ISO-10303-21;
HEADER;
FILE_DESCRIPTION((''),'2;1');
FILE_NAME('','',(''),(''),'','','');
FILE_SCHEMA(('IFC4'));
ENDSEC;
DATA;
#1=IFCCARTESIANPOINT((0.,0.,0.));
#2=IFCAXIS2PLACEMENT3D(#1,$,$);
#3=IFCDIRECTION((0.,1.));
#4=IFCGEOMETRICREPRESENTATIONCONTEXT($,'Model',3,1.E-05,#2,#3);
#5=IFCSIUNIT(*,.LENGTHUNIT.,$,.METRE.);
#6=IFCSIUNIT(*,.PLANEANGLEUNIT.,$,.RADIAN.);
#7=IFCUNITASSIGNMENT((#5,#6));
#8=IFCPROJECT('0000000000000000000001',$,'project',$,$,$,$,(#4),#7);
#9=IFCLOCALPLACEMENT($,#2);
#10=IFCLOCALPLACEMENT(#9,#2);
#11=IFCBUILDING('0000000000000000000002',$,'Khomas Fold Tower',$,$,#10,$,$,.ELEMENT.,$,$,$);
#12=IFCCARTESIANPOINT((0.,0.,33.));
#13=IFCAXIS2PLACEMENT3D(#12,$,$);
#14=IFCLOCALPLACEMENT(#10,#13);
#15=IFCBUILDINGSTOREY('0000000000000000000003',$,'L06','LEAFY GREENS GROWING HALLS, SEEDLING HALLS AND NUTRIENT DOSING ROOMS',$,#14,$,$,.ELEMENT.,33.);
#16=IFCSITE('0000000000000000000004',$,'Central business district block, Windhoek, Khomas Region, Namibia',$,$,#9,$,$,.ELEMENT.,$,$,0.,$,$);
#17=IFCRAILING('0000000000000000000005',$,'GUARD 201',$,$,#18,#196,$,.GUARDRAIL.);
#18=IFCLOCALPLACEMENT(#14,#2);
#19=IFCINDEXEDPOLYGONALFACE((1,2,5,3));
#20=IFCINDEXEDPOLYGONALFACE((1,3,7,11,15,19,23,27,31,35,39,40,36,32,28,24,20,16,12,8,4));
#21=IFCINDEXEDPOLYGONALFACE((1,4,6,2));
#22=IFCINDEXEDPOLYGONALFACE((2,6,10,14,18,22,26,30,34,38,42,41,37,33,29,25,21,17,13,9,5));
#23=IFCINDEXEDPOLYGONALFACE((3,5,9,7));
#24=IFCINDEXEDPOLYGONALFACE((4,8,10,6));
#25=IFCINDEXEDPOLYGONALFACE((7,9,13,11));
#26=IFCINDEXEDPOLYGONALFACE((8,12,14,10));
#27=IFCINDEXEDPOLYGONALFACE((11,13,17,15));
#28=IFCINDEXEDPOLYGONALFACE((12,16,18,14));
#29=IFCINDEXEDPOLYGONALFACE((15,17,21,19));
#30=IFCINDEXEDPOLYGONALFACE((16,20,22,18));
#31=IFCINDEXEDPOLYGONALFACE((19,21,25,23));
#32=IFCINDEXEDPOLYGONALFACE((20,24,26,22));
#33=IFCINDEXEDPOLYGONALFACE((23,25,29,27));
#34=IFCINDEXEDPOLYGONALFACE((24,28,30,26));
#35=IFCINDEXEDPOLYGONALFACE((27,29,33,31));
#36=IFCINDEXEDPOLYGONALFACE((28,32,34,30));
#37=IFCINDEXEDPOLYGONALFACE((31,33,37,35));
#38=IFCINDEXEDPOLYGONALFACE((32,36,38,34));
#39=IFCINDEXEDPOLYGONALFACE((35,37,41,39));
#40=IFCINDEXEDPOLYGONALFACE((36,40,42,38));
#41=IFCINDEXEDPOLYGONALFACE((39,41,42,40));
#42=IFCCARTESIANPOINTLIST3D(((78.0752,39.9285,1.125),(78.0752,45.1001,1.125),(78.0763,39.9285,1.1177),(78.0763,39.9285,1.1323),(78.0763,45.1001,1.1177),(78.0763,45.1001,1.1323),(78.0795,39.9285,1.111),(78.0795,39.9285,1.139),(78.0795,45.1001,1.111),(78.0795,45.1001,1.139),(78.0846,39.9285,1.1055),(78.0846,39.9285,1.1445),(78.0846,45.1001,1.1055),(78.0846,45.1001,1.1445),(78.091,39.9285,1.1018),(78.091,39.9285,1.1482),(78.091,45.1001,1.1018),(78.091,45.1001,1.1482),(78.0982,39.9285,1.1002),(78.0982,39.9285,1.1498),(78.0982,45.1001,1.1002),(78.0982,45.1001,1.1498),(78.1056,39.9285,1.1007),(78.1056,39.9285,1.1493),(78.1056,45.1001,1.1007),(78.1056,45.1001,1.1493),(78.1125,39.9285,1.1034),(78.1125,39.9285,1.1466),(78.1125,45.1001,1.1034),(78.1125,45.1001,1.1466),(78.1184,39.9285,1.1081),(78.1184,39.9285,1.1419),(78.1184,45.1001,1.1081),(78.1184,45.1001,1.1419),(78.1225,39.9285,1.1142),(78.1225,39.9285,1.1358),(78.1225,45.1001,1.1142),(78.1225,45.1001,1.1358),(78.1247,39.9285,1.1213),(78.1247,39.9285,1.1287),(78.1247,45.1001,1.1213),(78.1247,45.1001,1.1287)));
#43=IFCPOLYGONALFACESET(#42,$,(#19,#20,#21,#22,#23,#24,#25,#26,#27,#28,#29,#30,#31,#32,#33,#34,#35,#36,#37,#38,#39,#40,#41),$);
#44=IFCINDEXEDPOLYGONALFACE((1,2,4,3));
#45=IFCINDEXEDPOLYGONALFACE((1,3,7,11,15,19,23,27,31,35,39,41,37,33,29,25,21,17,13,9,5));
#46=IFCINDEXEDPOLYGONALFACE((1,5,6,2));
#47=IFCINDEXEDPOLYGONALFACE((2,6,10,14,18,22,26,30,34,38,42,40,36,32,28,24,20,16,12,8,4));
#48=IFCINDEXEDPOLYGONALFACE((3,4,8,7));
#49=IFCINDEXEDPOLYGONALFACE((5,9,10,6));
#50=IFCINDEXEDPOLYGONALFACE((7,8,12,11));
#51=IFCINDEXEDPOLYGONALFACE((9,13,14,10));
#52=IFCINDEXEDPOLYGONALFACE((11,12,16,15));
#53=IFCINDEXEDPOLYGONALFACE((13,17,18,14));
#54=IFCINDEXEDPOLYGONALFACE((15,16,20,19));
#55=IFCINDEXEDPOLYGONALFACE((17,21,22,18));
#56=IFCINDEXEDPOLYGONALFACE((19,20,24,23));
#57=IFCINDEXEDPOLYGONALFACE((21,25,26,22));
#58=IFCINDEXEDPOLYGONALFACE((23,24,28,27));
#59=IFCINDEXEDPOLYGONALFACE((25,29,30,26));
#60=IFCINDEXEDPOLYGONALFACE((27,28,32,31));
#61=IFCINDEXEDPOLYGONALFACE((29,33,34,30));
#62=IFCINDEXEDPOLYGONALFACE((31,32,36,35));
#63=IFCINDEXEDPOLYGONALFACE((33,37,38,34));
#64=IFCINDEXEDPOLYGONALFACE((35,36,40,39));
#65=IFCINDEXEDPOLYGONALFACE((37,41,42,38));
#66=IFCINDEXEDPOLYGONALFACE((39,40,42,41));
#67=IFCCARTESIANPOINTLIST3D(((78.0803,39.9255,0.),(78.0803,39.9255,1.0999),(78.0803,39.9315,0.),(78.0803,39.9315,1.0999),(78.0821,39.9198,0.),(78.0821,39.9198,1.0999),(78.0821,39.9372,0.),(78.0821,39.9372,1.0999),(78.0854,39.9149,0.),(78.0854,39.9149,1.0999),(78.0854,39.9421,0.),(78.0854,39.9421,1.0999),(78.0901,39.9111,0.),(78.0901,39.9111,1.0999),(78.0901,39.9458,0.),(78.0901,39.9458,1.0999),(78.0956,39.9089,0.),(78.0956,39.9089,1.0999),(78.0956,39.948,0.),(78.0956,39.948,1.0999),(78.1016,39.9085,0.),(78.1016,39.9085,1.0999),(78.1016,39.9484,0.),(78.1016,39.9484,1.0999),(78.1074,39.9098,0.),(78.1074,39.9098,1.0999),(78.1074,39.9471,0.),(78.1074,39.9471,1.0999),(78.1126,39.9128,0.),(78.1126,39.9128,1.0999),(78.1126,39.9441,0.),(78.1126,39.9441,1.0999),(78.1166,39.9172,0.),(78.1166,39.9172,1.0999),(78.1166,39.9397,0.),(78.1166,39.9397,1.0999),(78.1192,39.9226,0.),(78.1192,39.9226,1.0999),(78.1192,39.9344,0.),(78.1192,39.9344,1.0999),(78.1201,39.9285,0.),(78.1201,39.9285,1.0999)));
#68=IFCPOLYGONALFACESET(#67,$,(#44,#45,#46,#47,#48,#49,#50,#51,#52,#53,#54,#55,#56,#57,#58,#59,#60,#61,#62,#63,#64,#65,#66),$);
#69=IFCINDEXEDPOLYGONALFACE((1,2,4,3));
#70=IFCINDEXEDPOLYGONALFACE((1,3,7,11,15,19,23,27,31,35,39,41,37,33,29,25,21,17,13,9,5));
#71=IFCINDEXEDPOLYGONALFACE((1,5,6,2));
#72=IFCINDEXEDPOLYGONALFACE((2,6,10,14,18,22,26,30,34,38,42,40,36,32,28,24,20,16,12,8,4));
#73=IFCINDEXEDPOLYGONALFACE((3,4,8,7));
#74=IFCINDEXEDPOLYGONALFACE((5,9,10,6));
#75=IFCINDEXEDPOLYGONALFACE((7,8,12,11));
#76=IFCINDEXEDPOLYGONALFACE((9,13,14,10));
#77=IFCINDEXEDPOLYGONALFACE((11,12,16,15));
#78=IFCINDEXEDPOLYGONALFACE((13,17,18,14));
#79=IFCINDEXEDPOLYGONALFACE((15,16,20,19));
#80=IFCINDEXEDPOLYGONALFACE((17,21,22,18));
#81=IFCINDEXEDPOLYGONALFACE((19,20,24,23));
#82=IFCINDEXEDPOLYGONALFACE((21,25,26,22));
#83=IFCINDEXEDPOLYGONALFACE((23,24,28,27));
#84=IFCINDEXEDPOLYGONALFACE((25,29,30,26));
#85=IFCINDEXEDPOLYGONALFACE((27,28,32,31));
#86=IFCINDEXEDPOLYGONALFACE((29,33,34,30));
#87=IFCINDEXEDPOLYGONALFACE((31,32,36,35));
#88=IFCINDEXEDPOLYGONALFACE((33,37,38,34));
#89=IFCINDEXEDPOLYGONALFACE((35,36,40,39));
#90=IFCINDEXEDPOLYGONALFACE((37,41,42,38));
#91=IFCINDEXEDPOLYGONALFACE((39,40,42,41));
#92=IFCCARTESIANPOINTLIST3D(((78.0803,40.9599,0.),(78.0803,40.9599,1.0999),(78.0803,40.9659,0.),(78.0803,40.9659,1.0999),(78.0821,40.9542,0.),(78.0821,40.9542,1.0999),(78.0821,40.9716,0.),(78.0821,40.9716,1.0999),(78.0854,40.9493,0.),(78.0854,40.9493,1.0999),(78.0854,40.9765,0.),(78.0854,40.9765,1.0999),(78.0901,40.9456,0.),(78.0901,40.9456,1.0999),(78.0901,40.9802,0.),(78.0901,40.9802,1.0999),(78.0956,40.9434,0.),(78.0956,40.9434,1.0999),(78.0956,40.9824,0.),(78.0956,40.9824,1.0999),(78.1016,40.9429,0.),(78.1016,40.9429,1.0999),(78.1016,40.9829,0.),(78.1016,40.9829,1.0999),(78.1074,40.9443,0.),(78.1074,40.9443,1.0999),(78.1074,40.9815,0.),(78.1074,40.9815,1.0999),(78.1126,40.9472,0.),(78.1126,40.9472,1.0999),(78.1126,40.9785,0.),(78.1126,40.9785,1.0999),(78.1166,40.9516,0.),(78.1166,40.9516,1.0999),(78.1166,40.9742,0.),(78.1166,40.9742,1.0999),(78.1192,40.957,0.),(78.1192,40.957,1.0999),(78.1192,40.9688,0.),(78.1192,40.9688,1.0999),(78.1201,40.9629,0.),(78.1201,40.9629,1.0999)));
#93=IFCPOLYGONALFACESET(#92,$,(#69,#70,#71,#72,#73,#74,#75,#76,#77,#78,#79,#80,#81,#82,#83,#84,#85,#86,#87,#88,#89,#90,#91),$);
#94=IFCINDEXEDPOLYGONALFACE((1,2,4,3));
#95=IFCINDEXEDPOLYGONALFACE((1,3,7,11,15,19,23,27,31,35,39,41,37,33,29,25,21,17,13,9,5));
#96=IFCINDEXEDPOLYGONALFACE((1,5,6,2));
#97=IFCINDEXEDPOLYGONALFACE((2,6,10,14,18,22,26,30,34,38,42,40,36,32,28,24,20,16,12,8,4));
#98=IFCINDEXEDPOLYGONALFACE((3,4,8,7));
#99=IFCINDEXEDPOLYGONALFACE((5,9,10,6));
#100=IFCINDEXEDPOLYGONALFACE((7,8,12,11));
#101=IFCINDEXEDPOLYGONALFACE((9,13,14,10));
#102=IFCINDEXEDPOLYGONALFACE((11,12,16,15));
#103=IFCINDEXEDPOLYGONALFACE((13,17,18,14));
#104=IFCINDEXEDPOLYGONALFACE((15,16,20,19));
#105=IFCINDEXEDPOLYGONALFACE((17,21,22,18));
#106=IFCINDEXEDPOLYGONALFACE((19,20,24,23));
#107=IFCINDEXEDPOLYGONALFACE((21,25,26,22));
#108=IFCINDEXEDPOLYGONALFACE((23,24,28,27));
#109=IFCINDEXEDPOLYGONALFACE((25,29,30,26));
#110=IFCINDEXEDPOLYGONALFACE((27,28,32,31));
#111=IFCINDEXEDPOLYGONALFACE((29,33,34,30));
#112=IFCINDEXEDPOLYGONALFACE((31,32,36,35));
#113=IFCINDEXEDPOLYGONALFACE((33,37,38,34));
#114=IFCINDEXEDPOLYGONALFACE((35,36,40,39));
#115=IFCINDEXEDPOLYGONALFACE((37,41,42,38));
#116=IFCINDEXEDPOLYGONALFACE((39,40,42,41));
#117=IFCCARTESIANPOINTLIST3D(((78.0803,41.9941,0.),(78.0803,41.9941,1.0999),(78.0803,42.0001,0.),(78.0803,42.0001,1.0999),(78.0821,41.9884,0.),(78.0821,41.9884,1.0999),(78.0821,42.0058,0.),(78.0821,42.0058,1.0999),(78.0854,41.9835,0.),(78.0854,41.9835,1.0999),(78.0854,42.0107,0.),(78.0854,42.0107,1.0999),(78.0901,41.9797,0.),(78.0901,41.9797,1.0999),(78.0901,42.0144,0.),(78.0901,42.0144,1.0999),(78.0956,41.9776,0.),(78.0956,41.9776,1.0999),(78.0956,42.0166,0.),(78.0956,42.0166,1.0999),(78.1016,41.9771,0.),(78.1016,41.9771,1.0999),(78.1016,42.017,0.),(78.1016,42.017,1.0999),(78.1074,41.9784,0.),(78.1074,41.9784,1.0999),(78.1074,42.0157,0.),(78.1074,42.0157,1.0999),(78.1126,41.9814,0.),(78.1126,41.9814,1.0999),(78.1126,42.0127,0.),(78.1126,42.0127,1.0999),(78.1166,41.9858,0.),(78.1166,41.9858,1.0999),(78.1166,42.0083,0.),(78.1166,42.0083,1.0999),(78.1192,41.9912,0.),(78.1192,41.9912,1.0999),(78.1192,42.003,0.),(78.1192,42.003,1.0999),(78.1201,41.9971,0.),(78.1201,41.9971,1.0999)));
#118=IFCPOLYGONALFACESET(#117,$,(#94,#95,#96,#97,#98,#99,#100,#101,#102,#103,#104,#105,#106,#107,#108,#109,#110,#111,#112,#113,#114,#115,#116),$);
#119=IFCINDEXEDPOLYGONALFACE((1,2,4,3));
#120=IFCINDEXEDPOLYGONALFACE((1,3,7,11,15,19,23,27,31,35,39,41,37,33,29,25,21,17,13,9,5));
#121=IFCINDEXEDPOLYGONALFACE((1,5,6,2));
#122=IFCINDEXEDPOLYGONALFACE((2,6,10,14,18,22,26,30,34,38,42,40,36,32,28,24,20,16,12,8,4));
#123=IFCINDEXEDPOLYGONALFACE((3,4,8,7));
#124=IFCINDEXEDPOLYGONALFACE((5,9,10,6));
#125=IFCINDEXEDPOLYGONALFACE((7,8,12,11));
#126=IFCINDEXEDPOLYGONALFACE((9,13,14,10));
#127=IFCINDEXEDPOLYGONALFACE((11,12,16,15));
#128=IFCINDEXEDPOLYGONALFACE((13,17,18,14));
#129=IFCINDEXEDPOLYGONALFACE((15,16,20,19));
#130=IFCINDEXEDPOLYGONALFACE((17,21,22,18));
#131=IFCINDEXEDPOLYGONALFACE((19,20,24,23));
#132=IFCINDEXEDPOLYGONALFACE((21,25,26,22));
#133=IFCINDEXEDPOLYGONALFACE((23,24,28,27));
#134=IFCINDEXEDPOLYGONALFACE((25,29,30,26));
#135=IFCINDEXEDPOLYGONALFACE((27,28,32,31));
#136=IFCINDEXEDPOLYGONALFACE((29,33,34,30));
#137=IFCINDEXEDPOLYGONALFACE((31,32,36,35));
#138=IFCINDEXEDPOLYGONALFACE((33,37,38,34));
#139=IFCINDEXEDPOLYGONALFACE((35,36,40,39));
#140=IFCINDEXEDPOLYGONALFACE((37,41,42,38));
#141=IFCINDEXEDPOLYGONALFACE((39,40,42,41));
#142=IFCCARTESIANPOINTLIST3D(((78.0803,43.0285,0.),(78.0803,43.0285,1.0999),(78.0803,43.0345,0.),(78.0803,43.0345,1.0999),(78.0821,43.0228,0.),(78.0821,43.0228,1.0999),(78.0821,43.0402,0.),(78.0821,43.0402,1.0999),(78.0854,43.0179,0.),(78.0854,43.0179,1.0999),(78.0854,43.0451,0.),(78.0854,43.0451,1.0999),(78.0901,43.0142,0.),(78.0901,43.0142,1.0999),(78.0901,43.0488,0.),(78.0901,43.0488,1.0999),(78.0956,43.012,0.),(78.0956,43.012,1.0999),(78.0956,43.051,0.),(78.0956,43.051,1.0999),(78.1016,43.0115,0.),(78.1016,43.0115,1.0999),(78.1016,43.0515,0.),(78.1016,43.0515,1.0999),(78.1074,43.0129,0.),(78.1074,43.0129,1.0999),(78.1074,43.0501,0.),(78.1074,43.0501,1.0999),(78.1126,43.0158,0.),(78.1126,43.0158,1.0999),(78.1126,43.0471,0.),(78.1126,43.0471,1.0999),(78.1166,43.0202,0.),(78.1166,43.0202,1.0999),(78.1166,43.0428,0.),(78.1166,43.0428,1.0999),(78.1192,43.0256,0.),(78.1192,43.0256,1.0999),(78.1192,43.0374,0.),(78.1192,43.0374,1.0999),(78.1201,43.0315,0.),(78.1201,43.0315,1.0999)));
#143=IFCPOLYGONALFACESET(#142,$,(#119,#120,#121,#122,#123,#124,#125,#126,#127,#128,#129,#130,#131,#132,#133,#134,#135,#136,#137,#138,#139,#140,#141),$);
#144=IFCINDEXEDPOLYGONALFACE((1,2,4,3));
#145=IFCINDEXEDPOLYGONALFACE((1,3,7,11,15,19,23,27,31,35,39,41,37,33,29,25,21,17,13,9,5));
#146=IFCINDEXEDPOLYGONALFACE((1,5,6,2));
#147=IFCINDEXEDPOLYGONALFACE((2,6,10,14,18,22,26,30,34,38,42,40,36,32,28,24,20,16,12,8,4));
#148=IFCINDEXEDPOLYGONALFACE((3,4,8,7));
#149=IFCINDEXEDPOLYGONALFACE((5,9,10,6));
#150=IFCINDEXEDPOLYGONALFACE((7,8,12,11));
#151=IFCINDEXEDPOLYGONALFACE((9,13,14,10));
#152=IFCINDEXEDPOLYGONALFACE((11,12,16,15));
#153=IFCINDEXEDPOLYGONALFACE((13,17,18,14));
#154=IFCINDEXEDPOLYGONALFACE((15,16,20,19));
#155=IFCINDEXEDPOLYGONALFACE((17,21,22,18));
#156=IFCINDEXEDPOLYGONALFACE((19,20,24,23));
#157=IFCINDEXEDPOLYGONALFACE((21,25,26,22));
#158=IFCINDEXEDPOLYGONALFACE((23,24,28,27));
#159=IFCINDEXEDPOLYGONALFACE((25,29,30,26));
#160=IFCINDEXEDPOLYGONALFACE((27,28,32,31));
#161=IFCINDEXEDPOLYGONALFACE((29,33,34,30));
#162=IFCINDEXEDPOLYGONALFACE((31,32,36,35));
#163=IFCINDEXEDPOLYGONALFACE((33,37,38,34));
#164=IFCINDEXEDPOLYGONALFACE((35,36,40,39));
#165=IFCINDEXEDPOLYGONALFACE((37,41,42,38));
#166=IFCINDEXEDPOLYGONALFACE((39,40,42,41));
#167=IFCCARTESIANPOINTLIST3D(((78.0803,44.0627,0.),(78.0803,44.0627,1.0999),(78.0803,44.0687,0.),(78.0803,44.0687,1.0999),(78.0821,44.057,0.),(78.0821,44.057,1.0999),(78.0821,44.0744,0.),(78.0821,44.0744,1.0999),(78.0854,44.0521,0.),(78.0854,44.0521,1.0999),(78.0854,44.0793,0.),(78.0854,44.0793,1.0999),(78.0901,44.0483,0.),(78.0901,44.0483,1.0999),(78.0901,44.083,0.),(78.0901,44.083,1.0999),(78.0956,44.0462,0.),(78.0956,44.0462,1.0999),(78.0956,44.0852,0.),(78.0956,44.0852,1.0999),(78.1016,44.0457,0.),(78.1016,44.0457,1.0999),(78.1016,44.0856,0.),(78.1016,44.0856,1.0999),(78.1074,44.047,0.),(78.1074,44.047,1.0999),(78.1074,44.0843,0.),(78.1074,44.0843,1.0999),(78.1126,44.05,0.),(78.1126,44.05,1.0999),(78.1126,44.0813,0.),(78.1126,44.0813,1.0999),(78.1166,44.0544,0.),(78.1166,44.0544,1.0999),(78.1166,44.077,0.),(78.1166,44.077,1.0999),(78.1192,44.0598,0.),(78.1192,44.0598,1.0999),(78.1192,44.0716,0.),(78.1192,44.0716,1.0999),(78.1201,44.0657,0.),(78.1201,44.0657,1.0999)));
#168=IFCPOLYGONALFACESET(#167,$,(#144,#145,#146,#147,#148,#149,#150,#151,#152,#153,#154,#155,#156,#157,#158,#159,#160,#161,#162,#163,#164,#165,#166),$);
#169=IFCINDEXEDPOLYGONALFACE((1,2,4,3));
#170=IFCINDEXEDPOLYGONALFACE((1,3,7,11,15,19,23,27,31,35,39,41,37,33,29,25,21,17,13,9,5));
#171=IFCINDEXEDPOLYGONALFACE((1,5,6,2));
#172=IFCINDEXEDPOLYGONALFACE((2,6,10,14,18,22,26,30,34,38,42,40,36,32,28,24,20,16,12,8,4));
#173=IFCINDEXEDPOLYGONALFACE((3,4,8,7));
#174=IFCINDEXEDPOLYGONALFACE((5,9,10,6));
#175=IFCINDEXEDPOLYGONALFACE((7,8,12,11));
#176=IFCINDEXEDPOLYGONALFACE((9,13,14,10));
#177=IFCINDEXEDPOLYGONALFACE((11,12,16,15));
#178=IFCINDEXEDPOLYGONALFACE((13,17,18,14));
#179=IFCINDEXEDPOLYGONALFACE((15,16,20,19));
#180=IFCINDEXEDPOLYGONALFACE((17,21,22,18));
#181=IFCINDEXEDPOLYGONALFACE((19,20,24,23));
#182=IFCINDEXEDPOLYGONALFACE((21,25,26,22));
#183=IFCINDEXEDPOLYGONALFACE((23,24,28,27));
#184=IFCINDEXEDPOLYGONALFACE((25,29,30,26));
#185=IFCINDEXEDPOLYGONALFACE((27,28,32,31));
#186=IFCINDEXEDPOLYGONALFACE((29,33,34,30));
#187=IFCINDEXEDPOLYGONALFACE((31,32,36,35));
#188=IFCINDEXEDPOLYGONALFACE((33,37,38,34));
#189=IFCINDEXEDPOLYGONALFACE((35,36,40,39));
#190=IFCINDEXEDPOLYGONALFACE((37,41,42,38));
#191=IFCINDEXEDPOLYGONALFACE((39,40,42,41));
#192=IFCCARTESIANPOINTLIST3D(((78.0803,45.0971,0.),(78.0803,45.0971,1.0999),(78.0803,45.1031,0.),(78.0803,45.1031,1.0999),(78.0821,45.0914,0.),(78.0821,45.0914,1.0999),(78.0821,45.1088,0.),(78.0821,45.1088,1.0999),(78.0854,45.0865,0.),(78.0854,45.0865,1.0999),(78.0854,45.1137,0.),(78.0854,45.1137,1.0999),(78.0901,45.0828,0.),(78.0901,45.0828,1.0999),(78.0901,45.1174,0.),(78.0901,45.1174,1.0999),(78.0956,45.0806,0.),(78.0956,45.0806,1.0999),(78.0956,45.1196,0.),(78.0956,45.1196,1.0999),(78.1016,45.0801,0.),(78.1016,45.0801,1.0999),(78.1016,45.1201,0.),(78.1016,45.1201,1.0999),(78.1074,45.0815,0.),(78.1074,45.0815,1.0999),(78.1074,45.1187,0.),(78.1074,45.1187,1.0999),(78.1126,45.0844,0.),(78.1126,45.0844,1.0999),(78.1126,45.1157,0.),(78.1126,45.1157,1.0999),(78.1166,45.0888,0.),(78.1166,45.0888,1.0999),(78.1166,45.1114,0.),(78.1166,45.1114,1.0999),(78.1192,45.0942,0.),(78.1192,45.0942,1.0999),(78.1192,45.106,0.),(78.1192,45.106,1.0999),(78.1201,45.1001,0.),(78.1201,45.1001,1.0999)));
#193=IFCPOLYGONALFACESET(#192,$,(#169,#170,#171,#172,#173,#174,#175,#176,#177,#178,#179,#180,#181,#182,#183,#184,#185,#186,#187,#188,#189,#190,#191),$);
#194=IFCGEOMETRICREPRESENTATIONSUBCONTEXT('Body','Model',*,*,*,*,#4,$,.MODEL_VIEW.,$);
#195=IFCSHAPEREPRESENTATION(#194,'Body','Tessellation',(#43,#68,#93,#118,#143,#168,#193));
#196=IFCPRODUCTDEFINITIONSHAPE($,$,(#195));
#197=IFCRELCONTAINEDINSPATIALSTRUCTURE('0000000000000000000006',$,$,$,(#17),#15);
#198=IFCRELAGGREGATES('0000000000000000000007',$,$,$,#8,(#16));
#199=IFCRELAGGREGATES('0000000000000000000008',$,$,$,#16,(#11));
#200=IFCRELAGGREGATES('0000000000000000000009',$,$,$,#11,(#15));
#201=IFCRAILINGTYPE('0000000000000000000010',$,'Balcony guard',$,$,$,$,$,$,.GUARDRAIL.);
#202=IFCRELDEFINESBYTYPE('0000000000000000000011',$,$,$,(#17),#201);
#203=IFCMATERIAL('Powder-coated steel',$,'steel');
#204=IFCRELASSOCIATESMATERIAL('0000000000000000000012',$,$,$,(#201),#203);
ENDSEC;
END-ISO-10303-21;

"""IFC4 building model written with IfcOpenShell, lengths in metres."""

from ifc_helpers import new_model, si_unit, direction, frame, origin, origin_2d, place, context, subcontext, project, spatial, circle, extrude, source, transform, mapped, material, type_object, element, save


model = new_model("IFC4")

# Units and contexts
model_context = context("Model", 3, precision=1e-05, world=origin(), true_north=direction((0.0, 1.0)))
body_context = subcontext(model_context, "Body", "Model", "MODEL_VIEW")
ifc_project = project(units=[si_unit("LENGTHUNIT", "METRE"), si_unit("PLANEANGLEUNIT", "RADIAN")], contexts=[model_context])

# Site, building, storey
site_placement = place(None, origin())
site = spatial("IfcSite", under=ifc_project, at=site_placement, Name="Central business district block, Windhoek, Khomas Region, Namibia", CompositionType="ELEMENT", RefElevation=0.0)
building_placement = place(site_placement, origin())
building = spatial("IfcBuilding", under=site, at=building_placement, Name="Khomas Fold Tower", CompositionType="ELEMENT")
storey_placement = place(building_placement, frame((0.0, 0.0, 33.0)))
storey = spatial("IfcBuildingStorey", under=building, at=storey_placement, Name="L06", Description="LEAFY GREENS GROWING HALLS, SEEDLING HALLS AND NUTRIENT DOSING ROOMS", CompositionType="ELEMENT", Elevation=33.0)

# Railing
ifc_material_1 = material(Name="Powder-coated steel", Category="steel")
railing_type_1 = type_object("IfcRailingType", Name="Balcony guard", PredefinedType="GUARDRAIL", material=ifc_material_1)
shared_shape_1 = source(origin(), body_context, "Body", "SweptSolid", [
    extrude(circle(Radius=0.0249, at=origin_2d()), frame((0.0, 0.0, 1.125), z_axis=(0.0, 1.0, 0.0), x_axis=(-1.0, 0.0, 0.0)), (0.0, 0.0, 1.0), 5.1716),
    extrude(circle(Radius=0.02, at=origin_2d()), origin(), (0.0, 0.0, 1.0), 1.0999),
    extrude(circle(Radius=0.02, at=origin_2d()), frame((0.0, 1.0344, 0.0)), (0.0, 0.0, 1.0), 1.0999),
    extrude(circle(Radius=0.02, at=origin_2d()), frame((0.0, 2.0686, 0.0)), (0.0, 0.0, 1.0), 1.0999),
    extrude(circle(Radius=0.02, at=origin_2d()), frame((0.0, 3.103, 0.0)), (0.0, 0.0, 1.0), 1.0999),
    extrude(circle(Radius=0.02, at=origin_2d()), frame((0.0, 4.1372, 0.0)), (0.0, 0.0, 1.0), 1.0999),
    extrude(circle(Radius=0.02, at=origin_2d()), frame((0.0, 5.1716, 0.0)), (0.0, 0.0, 1.0), 1.0999),
])
railing_1_placement = place(storey_placement, frame((78.1001, 39.9285, 0.0)))
element("IfcRailing", 1, at=railing_1_placement, inside=storey, type_object=railing_type_1, Name="GUARD 201", PredefinedType="GUARDRAIL", context=body_context, shape_type="MappedRepresentation", body=[
    mapped(shared_shape_1, transform((0.0, 0.0, 0.0))),
])

save(model, "model.ifc")
